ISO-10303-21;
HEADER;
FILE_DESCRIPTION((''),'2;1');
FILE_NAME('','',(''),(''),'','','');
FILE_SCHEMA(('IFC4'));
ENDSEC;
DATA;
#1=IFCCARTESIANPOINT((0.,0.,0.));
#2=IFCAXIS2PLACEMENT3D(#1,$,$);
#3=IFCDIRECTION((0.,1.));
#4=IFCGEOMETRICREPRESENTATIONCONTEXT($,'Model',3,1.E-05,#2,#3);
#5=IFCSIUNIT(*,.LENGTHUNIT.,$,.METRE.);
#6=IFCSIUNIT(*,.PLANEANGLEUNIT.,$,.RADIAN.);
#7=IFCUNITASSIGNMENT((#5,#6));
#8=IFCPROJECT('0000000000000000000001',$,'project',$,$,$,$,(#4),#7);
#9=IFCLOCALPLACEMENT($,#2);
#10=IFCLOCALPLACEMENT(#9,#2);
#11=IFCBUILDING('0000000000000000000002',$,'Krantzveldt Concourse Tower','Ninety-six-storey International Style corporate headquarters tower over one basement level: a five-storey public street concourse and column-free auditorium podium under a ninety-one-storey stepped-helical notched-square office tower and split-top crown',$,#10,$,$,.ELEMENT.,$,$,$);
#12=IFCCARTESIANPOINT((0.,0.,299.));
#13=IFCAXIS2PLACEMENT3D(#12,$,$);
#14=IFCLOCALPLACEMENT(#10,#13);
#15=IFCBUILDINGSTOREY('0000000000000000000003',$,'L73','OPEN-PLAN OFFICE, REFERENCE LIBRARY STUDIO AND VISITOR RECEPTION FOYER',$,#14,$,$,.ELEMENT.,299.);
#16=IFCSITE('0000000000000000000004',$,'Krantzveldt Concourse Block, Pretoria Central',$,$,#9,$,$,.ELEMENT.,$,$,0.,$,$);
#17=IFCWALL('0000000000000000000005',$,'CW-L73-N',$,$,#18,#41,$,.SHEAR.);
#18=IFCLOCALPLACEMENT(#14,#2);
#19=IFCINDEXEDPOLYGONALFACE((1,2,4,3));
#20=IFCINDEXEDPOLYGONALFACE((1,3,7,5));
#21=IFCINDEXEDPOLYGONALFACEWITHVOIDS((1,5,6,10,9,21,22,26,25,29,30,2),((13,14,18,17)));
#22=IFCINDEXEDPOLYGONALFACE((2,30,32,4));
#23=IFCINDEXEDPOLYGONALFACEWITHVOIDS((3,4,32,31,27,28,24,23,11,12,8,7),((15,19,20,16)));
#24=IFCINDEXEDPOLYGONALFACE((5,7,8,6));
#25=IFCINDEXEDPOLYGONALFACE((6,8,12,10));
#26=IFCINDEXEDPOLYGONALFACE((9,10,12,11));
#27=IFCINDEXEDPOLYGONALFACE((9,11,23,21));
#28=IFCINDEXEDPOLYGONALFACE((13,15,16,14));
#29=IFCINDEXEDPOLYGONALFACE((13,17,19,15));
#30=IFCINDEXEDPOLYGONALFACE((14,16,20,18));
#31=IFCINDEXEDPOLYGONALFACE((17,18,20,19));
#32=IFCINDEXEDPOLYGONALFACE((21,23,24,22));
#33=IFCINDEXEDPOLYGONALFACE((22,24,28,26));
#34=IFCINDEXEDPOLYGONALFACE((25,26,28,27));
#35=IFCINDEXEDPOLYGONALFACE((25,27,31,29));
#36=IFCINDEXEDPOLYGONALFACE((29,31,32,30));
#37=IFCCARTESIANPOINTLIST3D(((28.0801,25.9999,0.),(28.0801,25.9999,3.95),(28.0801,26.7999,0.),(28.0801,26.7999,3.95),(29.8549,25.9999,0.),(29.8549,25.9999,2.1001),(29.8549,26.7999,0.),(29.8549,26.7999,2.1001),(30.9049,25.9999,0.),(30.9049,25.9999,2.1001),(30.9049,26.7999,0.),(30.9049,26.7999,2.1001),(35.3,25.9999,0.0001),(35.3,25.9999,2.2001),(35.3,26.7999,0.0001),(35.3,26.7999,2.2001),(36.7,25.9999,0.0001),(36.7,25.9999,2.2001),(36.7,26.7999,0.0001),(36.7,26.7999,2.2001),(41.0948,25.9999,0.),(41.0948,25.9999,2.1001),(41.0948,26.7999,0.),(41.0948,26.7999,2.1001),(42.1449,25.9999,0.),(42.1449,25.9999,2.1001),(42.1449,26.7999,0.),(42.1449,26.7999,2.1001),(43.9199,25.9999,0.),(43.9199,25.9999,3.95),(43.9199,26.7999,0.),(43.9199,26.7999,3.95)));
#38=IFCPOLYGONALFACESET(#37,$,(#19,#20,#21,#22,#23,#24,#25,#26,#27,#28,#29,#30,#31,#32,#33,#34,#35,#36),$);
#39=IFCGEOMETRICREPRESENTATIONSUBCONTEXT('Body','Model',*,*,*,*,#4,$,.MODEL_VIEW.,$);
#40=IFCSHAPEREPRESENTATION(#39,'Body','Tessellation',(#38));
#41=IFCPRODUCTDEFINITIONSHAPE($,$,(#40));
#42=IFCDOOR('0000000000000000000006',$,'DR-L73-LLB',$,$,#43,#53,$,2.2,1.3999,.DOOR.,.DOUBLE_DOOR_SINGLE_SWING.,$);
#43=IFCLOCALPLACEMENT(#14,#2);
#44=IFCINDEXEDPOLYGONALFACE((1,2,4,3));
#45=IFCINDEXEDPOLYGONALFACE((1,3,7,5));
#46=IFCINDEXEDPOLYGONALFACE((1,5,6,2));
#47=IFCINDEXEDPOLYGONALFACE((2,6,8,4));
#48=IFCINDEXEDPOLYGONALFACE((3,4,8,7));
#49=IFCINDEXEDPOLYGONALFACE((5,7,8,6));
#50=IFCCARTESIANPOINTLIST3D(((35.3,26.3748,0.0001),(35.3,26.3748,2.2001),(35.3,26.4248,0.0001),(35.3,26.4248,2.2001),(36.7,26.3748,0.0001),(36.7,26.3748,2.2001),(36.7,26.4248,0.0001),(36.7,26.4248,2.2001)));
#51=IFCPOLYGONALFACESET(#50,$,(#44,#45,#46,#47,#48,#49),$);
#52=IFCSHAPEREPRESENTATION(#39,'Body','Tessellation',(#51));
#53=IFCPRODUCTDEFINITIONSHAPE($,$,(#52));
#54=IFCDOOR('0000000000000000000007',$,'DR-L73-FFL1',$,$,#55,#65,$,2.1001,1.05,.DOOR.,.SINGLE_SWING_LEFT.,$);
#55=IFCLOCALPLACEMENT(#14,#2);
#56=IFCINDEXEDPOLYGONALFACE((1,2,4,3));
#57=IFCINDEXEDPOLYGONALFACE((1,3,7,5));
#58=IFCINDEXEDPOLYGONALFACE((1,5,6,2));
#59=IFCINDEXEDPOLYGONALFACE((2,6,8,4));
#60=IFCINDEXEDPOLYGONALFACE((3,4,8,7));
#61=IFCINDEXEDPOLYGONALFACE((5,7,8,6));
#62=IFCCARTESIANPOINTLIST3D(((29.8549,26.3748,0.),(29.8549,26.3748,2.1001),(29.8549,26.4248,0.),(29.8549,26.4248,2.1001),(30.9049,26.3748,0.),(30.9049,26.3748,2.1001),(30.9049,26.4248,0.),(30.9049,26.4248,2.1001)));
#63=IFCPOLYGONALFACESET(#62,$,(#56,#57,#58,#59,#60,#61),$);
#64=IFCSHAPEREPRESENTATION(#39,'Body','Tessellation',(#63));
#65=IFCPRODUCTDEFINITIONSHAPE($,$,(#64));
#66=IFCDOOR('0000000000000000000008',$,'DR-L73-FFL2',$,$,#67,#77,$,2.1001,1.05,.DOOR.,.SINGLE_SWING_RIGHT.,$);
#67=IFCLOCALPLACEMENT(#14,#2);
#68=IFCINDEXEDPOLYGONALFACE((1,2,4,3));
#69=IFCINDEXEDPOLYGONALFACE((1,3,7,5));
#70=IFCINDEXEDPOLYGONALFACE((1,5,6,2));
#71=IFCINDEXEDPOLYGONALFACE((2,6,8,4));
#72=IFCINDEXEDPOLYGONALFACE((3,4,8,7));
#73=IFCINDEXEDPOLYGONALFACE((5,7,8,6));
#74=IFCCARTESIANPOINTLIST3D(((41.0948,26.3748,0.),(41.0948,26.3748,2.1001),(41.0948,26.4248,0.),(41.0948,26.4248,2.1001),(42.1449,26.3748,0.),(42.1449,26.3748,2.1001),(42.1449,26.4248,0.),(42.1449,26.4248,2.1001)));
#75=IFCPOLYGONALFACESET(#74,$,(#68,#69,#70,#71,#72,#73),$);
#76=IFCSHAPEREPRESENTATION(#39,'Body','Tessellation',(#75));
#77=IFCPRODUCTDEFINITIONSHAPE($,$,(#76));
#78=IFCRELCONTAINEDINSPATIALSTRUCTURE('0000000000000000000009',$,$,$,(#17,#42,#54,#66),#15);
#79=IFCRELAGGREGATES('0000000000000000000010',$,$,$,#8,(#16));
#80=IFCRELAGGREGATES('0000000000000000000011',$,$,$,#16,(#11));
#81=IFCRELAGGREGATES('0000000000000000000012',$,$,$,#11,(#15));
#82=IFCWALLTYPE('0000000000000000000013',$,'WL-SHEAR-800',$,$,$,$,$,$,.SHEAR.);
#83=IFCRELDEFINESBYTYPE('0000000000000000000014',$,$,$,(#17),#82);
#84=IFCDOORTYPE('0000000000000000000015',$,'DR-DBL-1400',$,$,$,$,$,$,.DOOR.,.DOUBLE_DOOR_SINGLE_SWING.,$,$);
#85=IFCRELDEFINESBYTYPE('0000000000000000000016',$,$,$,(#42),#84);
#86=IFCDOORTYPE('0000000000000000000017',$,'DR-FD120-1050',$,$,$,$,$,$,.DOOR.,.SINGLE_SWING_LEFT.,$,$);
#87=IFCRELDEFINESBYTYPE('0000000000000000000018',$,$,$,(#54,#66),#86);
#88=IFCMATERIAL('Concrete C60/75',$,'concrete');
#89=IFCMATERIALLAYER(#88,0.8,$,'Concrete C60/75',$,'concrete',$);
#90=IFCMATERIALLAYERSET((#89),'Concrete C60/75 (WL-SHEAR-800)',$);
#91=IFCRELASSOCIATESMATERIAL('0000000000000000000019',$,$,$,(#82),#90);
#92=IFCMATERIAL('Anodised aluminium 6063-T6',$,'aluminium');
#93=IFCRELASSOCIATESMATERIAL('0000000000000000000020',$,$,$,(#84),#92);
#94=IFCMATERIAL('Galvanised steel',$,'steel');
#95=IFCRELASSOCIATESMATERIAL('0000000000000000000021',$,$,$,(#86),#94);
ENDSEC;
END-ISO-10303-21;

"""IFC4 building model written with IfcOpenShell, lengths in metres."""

from ifc_helpers import new_model, si_unit, direction, frame, frame_2d, origin, place, context, subcontext, project, spatial, rectangle, extrude, material, layer, layer_set, type_object, element, fill, save


model = new_model("IFC4")

# Units and contexts
model_context = context("Model", 3, precision=1e-05, world=origin(), true_north=direction((0.0, 1.0)))
body_context = subcontext(model_context, "Body", "Model", "MODEL_VIEW")
ifc_project = project(units=[si_unit("LENGTHUNIT", "METRE"), si_unit("PLANEANGLEUNIT", "RADIAN")], contexts=[model_context])

# Site, building, storey
site_placement = place(None, origin())
site = spatial("IfcSite", under=ifc_project, at=site_placement, Name="Krantzveldt Concourse Block, Pretoria Central", CompositionType="ELEMENT", RefElevation=0.0)
building_placement = place(site_placement, origin())
building = spatial("IfcBuilding", under=site, at=building_placement, Name="Krantzveldt Concourse Tower", Description="Ninety-six-storey International Style corporate headquarters tower over one basement level: a five-storey public street concourse and column-free auditorium podium under a ninety-one-storey stepped-helical notched-square office tower and split-top crown", CompositionType="ELEMENT")
storey_placement = place(building_placement, frame((0.0, 0.0, 299.0)))
storey = spatial("IfcBuildingStorey", under=building, at=storey_placement, Name="L73", Description="OPEN-PLAN OFFICE, REFERENCE LIBRARY STUDIO AND VISITOR RECEPTION FOYER", CompositionType="ELEMENT", Elevation=299.0)

# Shared definitions
ifc_material_1 = material(Name="Anodised aluminium 6063-T6", Category="aluminium")

# Wall, openings, doors
ifc_material_2 = material(Name="Concrete C60/75", Category="concrete")
ifc_layer_1 = layer(ifc_material_2, 0.8, Name="Concrete C60/75", Category="concrete")
ifc_layer_set_1 = layer_set([ifc_layer_1], Name="Concrete C60/75 (WL-SHEAR-800)")
wall_type_1 = type_object("IfcWallType", Name="WL-SHEAR-800", PredefinedType="SHEAR", material=ifc_layer_set_1)
wall_1_placement = place(storey_placement, frame((28.0801, 26.3999, 0.0), z_axis=(0.0, 0.0, 1.0), x_axis=(1.0, 0.0, 0.0)))
wall_1 = element("IfcWall", 1, at=wall_1_placement, inside=storey, type_object=wall_type_1, Name="CW-L73-N", PredefinedType="SHEAR", context=body_context, shape_type="SweptSolid", body=[
    extrude(rectangle(XDim=15.8398, YDim=0.8, at=frame_2d((7.9199, 0.0))), origin(), (0.0, 0.0, 1.0), 3.95),
])
opening_1_placement = place(wall_1_placement, frame((7.22, 0.0, 0.0)))
opening_1 = element("IfcOpeningElement", 2, at=opening_1_placement, cuts=wall_1, PredefinedType="OPENING", context=body_context, shape_type="SweptSolid", body=[
    extrude(rectangle(XDim=1.3999, YDim=2.2, at=frame_2d((0.7, 1.1001))), frame((0.0, 0.4102, 0.0), z_axis=(0.0, -1.0, 0.0), x_axis=(1.0, 0.0, 0.0)), (0.0, 0.0, 1.0), 0.8201),
])
opening_2_placement = place(wall_1_placement, frame((1.7749, 0.0, 0.0)))
opening_2 = element("IfcOpeningElement", 3, at=opening_2_placement, cuts=wall_1, PredefinedType="OPENING", context=body_context, shape_type="SweptSolid", body=[
    extrude(rectangle(XDim=1.05, YDim=2.1001, at=frame_2d((0.5249, 1.05))), frame((0.0, 0.4102, 0.0), z_axis=(0.0, -1.0, 0.0), x_axis=(1.0, 0.0, 0.0)), (0.0, 0.0, 1.0), 0.8201),
])
opening_3_placement = place(wall_1_placement, frame((13.0149, 0.0, 0.0)))
opening_3 = element("IfcOpeningElement", 4, at=opening_3_placement, cuts=wall_1, PredefinedType="OPENING", context=body_context, shape_type="SweptSolid", body=[
    extrude(rectangle(XDim=1.05, YDim=2.1001, at=frame_2d((0.5249, 1.05))), frame((0.0, 0.4102, 0.0), z_axis=(0.0, -1.0, 0.0), x_axis=(1.0, 0.0, 0.0)), (0.0, 0.0, 1.0), 0.8201),
])
door_type_1 = type_object("IfcDoorType", Name="DR-DBL-1400", OperationType="DOUBLE_DOOR_SINGLE_SWING", PredefinedType="DOOR", material=ifc_material_1)
door_1_placement = place(opening_1_placement, origin())
door_1 = element("IfcDoor", 5, at=door_1_placement, inside=storey, type_object=door_type_1, Name="DR-L73-LLB", OperationType="DOUBLE_DOOR_SINGLE_SWING", OverallHeight=2.2, OverallWidth=1.3999, PredefinedType="DOOR", context=body_context, shape_type="SweptSolid", body=[
    extrude(rectangle(XDim=1.3999, YDim=2.2, at=frame_2d((0.7, 1.1001))), frame((0.0, 0.0249, 0.0), z_axis=(0.0, -1.0, 0.0), x_axis=(1.0, 0.0, 0.0)), (0.0, 0.0, 1.0), 0.05),
])
fill(opening_1, door_1)
ifc_material_3 = material(Name="Galvanised steel", Category="steel")
door_type_2 = type_object("IfcDoorType", Name="DR-FD120-1050", OperationType="SINGLE_SWING_LEFT", PredefinedType="DOOR", material=ifc_material_3)
door_2_placement = place(opening_2_placement, origin())
door_2 = element("IfcDoor", 6, at=door_2_placement, inside=storey, type_object=door_type_2, Name="DR-L73-FFL1", OperationType="SINGLE_SWING_LEFT", OverallHeight=2.1001, OverallWidth=1.05, PredefinedType="DOOR", context=body_context, shape_type="SweptSolid", body=[
    extrude(rectangle(XDim=1.05, YDim=2.1001, at=frame_2d((0.5249, 1.05))), frame((0.0, 0.0249, 0.0), z_axis=(0.0, -1.0, 0.0), x_axis=(1.0, 0.0, 0.0)), (0.0, 0.0, 1.0), 0.05),
])
fill(opening_2, door_2)
door_3_placement = place(opening_3_placement, origin())
door_3 = element("IfcDoor", 7, at=door_3_placement, inside=storey, type_object=door_type_2, Name="DR-L73-FFL2", OperationType="SINGLE_SWING_RIGHT", OverallHeight=2.1001, OverallWidth=1.05, PredefinedType="DOOR", context=body_context, shape_type="SweptSolid", body=[
    extrude(rectangle(XDim=1.05, YDim=2.1001, at=frame_2d((0.5249, 1.05))), frame((0.0, 0.0249, 0.0), z_axis=(0.0, -1.0, 0.0), x_axis=(1.0, 0.0, 0.0)), (0.0, 0.0, 1.0), 0.05),
])
fill(opening_3, door_3)

save(model, "model.ifc")
